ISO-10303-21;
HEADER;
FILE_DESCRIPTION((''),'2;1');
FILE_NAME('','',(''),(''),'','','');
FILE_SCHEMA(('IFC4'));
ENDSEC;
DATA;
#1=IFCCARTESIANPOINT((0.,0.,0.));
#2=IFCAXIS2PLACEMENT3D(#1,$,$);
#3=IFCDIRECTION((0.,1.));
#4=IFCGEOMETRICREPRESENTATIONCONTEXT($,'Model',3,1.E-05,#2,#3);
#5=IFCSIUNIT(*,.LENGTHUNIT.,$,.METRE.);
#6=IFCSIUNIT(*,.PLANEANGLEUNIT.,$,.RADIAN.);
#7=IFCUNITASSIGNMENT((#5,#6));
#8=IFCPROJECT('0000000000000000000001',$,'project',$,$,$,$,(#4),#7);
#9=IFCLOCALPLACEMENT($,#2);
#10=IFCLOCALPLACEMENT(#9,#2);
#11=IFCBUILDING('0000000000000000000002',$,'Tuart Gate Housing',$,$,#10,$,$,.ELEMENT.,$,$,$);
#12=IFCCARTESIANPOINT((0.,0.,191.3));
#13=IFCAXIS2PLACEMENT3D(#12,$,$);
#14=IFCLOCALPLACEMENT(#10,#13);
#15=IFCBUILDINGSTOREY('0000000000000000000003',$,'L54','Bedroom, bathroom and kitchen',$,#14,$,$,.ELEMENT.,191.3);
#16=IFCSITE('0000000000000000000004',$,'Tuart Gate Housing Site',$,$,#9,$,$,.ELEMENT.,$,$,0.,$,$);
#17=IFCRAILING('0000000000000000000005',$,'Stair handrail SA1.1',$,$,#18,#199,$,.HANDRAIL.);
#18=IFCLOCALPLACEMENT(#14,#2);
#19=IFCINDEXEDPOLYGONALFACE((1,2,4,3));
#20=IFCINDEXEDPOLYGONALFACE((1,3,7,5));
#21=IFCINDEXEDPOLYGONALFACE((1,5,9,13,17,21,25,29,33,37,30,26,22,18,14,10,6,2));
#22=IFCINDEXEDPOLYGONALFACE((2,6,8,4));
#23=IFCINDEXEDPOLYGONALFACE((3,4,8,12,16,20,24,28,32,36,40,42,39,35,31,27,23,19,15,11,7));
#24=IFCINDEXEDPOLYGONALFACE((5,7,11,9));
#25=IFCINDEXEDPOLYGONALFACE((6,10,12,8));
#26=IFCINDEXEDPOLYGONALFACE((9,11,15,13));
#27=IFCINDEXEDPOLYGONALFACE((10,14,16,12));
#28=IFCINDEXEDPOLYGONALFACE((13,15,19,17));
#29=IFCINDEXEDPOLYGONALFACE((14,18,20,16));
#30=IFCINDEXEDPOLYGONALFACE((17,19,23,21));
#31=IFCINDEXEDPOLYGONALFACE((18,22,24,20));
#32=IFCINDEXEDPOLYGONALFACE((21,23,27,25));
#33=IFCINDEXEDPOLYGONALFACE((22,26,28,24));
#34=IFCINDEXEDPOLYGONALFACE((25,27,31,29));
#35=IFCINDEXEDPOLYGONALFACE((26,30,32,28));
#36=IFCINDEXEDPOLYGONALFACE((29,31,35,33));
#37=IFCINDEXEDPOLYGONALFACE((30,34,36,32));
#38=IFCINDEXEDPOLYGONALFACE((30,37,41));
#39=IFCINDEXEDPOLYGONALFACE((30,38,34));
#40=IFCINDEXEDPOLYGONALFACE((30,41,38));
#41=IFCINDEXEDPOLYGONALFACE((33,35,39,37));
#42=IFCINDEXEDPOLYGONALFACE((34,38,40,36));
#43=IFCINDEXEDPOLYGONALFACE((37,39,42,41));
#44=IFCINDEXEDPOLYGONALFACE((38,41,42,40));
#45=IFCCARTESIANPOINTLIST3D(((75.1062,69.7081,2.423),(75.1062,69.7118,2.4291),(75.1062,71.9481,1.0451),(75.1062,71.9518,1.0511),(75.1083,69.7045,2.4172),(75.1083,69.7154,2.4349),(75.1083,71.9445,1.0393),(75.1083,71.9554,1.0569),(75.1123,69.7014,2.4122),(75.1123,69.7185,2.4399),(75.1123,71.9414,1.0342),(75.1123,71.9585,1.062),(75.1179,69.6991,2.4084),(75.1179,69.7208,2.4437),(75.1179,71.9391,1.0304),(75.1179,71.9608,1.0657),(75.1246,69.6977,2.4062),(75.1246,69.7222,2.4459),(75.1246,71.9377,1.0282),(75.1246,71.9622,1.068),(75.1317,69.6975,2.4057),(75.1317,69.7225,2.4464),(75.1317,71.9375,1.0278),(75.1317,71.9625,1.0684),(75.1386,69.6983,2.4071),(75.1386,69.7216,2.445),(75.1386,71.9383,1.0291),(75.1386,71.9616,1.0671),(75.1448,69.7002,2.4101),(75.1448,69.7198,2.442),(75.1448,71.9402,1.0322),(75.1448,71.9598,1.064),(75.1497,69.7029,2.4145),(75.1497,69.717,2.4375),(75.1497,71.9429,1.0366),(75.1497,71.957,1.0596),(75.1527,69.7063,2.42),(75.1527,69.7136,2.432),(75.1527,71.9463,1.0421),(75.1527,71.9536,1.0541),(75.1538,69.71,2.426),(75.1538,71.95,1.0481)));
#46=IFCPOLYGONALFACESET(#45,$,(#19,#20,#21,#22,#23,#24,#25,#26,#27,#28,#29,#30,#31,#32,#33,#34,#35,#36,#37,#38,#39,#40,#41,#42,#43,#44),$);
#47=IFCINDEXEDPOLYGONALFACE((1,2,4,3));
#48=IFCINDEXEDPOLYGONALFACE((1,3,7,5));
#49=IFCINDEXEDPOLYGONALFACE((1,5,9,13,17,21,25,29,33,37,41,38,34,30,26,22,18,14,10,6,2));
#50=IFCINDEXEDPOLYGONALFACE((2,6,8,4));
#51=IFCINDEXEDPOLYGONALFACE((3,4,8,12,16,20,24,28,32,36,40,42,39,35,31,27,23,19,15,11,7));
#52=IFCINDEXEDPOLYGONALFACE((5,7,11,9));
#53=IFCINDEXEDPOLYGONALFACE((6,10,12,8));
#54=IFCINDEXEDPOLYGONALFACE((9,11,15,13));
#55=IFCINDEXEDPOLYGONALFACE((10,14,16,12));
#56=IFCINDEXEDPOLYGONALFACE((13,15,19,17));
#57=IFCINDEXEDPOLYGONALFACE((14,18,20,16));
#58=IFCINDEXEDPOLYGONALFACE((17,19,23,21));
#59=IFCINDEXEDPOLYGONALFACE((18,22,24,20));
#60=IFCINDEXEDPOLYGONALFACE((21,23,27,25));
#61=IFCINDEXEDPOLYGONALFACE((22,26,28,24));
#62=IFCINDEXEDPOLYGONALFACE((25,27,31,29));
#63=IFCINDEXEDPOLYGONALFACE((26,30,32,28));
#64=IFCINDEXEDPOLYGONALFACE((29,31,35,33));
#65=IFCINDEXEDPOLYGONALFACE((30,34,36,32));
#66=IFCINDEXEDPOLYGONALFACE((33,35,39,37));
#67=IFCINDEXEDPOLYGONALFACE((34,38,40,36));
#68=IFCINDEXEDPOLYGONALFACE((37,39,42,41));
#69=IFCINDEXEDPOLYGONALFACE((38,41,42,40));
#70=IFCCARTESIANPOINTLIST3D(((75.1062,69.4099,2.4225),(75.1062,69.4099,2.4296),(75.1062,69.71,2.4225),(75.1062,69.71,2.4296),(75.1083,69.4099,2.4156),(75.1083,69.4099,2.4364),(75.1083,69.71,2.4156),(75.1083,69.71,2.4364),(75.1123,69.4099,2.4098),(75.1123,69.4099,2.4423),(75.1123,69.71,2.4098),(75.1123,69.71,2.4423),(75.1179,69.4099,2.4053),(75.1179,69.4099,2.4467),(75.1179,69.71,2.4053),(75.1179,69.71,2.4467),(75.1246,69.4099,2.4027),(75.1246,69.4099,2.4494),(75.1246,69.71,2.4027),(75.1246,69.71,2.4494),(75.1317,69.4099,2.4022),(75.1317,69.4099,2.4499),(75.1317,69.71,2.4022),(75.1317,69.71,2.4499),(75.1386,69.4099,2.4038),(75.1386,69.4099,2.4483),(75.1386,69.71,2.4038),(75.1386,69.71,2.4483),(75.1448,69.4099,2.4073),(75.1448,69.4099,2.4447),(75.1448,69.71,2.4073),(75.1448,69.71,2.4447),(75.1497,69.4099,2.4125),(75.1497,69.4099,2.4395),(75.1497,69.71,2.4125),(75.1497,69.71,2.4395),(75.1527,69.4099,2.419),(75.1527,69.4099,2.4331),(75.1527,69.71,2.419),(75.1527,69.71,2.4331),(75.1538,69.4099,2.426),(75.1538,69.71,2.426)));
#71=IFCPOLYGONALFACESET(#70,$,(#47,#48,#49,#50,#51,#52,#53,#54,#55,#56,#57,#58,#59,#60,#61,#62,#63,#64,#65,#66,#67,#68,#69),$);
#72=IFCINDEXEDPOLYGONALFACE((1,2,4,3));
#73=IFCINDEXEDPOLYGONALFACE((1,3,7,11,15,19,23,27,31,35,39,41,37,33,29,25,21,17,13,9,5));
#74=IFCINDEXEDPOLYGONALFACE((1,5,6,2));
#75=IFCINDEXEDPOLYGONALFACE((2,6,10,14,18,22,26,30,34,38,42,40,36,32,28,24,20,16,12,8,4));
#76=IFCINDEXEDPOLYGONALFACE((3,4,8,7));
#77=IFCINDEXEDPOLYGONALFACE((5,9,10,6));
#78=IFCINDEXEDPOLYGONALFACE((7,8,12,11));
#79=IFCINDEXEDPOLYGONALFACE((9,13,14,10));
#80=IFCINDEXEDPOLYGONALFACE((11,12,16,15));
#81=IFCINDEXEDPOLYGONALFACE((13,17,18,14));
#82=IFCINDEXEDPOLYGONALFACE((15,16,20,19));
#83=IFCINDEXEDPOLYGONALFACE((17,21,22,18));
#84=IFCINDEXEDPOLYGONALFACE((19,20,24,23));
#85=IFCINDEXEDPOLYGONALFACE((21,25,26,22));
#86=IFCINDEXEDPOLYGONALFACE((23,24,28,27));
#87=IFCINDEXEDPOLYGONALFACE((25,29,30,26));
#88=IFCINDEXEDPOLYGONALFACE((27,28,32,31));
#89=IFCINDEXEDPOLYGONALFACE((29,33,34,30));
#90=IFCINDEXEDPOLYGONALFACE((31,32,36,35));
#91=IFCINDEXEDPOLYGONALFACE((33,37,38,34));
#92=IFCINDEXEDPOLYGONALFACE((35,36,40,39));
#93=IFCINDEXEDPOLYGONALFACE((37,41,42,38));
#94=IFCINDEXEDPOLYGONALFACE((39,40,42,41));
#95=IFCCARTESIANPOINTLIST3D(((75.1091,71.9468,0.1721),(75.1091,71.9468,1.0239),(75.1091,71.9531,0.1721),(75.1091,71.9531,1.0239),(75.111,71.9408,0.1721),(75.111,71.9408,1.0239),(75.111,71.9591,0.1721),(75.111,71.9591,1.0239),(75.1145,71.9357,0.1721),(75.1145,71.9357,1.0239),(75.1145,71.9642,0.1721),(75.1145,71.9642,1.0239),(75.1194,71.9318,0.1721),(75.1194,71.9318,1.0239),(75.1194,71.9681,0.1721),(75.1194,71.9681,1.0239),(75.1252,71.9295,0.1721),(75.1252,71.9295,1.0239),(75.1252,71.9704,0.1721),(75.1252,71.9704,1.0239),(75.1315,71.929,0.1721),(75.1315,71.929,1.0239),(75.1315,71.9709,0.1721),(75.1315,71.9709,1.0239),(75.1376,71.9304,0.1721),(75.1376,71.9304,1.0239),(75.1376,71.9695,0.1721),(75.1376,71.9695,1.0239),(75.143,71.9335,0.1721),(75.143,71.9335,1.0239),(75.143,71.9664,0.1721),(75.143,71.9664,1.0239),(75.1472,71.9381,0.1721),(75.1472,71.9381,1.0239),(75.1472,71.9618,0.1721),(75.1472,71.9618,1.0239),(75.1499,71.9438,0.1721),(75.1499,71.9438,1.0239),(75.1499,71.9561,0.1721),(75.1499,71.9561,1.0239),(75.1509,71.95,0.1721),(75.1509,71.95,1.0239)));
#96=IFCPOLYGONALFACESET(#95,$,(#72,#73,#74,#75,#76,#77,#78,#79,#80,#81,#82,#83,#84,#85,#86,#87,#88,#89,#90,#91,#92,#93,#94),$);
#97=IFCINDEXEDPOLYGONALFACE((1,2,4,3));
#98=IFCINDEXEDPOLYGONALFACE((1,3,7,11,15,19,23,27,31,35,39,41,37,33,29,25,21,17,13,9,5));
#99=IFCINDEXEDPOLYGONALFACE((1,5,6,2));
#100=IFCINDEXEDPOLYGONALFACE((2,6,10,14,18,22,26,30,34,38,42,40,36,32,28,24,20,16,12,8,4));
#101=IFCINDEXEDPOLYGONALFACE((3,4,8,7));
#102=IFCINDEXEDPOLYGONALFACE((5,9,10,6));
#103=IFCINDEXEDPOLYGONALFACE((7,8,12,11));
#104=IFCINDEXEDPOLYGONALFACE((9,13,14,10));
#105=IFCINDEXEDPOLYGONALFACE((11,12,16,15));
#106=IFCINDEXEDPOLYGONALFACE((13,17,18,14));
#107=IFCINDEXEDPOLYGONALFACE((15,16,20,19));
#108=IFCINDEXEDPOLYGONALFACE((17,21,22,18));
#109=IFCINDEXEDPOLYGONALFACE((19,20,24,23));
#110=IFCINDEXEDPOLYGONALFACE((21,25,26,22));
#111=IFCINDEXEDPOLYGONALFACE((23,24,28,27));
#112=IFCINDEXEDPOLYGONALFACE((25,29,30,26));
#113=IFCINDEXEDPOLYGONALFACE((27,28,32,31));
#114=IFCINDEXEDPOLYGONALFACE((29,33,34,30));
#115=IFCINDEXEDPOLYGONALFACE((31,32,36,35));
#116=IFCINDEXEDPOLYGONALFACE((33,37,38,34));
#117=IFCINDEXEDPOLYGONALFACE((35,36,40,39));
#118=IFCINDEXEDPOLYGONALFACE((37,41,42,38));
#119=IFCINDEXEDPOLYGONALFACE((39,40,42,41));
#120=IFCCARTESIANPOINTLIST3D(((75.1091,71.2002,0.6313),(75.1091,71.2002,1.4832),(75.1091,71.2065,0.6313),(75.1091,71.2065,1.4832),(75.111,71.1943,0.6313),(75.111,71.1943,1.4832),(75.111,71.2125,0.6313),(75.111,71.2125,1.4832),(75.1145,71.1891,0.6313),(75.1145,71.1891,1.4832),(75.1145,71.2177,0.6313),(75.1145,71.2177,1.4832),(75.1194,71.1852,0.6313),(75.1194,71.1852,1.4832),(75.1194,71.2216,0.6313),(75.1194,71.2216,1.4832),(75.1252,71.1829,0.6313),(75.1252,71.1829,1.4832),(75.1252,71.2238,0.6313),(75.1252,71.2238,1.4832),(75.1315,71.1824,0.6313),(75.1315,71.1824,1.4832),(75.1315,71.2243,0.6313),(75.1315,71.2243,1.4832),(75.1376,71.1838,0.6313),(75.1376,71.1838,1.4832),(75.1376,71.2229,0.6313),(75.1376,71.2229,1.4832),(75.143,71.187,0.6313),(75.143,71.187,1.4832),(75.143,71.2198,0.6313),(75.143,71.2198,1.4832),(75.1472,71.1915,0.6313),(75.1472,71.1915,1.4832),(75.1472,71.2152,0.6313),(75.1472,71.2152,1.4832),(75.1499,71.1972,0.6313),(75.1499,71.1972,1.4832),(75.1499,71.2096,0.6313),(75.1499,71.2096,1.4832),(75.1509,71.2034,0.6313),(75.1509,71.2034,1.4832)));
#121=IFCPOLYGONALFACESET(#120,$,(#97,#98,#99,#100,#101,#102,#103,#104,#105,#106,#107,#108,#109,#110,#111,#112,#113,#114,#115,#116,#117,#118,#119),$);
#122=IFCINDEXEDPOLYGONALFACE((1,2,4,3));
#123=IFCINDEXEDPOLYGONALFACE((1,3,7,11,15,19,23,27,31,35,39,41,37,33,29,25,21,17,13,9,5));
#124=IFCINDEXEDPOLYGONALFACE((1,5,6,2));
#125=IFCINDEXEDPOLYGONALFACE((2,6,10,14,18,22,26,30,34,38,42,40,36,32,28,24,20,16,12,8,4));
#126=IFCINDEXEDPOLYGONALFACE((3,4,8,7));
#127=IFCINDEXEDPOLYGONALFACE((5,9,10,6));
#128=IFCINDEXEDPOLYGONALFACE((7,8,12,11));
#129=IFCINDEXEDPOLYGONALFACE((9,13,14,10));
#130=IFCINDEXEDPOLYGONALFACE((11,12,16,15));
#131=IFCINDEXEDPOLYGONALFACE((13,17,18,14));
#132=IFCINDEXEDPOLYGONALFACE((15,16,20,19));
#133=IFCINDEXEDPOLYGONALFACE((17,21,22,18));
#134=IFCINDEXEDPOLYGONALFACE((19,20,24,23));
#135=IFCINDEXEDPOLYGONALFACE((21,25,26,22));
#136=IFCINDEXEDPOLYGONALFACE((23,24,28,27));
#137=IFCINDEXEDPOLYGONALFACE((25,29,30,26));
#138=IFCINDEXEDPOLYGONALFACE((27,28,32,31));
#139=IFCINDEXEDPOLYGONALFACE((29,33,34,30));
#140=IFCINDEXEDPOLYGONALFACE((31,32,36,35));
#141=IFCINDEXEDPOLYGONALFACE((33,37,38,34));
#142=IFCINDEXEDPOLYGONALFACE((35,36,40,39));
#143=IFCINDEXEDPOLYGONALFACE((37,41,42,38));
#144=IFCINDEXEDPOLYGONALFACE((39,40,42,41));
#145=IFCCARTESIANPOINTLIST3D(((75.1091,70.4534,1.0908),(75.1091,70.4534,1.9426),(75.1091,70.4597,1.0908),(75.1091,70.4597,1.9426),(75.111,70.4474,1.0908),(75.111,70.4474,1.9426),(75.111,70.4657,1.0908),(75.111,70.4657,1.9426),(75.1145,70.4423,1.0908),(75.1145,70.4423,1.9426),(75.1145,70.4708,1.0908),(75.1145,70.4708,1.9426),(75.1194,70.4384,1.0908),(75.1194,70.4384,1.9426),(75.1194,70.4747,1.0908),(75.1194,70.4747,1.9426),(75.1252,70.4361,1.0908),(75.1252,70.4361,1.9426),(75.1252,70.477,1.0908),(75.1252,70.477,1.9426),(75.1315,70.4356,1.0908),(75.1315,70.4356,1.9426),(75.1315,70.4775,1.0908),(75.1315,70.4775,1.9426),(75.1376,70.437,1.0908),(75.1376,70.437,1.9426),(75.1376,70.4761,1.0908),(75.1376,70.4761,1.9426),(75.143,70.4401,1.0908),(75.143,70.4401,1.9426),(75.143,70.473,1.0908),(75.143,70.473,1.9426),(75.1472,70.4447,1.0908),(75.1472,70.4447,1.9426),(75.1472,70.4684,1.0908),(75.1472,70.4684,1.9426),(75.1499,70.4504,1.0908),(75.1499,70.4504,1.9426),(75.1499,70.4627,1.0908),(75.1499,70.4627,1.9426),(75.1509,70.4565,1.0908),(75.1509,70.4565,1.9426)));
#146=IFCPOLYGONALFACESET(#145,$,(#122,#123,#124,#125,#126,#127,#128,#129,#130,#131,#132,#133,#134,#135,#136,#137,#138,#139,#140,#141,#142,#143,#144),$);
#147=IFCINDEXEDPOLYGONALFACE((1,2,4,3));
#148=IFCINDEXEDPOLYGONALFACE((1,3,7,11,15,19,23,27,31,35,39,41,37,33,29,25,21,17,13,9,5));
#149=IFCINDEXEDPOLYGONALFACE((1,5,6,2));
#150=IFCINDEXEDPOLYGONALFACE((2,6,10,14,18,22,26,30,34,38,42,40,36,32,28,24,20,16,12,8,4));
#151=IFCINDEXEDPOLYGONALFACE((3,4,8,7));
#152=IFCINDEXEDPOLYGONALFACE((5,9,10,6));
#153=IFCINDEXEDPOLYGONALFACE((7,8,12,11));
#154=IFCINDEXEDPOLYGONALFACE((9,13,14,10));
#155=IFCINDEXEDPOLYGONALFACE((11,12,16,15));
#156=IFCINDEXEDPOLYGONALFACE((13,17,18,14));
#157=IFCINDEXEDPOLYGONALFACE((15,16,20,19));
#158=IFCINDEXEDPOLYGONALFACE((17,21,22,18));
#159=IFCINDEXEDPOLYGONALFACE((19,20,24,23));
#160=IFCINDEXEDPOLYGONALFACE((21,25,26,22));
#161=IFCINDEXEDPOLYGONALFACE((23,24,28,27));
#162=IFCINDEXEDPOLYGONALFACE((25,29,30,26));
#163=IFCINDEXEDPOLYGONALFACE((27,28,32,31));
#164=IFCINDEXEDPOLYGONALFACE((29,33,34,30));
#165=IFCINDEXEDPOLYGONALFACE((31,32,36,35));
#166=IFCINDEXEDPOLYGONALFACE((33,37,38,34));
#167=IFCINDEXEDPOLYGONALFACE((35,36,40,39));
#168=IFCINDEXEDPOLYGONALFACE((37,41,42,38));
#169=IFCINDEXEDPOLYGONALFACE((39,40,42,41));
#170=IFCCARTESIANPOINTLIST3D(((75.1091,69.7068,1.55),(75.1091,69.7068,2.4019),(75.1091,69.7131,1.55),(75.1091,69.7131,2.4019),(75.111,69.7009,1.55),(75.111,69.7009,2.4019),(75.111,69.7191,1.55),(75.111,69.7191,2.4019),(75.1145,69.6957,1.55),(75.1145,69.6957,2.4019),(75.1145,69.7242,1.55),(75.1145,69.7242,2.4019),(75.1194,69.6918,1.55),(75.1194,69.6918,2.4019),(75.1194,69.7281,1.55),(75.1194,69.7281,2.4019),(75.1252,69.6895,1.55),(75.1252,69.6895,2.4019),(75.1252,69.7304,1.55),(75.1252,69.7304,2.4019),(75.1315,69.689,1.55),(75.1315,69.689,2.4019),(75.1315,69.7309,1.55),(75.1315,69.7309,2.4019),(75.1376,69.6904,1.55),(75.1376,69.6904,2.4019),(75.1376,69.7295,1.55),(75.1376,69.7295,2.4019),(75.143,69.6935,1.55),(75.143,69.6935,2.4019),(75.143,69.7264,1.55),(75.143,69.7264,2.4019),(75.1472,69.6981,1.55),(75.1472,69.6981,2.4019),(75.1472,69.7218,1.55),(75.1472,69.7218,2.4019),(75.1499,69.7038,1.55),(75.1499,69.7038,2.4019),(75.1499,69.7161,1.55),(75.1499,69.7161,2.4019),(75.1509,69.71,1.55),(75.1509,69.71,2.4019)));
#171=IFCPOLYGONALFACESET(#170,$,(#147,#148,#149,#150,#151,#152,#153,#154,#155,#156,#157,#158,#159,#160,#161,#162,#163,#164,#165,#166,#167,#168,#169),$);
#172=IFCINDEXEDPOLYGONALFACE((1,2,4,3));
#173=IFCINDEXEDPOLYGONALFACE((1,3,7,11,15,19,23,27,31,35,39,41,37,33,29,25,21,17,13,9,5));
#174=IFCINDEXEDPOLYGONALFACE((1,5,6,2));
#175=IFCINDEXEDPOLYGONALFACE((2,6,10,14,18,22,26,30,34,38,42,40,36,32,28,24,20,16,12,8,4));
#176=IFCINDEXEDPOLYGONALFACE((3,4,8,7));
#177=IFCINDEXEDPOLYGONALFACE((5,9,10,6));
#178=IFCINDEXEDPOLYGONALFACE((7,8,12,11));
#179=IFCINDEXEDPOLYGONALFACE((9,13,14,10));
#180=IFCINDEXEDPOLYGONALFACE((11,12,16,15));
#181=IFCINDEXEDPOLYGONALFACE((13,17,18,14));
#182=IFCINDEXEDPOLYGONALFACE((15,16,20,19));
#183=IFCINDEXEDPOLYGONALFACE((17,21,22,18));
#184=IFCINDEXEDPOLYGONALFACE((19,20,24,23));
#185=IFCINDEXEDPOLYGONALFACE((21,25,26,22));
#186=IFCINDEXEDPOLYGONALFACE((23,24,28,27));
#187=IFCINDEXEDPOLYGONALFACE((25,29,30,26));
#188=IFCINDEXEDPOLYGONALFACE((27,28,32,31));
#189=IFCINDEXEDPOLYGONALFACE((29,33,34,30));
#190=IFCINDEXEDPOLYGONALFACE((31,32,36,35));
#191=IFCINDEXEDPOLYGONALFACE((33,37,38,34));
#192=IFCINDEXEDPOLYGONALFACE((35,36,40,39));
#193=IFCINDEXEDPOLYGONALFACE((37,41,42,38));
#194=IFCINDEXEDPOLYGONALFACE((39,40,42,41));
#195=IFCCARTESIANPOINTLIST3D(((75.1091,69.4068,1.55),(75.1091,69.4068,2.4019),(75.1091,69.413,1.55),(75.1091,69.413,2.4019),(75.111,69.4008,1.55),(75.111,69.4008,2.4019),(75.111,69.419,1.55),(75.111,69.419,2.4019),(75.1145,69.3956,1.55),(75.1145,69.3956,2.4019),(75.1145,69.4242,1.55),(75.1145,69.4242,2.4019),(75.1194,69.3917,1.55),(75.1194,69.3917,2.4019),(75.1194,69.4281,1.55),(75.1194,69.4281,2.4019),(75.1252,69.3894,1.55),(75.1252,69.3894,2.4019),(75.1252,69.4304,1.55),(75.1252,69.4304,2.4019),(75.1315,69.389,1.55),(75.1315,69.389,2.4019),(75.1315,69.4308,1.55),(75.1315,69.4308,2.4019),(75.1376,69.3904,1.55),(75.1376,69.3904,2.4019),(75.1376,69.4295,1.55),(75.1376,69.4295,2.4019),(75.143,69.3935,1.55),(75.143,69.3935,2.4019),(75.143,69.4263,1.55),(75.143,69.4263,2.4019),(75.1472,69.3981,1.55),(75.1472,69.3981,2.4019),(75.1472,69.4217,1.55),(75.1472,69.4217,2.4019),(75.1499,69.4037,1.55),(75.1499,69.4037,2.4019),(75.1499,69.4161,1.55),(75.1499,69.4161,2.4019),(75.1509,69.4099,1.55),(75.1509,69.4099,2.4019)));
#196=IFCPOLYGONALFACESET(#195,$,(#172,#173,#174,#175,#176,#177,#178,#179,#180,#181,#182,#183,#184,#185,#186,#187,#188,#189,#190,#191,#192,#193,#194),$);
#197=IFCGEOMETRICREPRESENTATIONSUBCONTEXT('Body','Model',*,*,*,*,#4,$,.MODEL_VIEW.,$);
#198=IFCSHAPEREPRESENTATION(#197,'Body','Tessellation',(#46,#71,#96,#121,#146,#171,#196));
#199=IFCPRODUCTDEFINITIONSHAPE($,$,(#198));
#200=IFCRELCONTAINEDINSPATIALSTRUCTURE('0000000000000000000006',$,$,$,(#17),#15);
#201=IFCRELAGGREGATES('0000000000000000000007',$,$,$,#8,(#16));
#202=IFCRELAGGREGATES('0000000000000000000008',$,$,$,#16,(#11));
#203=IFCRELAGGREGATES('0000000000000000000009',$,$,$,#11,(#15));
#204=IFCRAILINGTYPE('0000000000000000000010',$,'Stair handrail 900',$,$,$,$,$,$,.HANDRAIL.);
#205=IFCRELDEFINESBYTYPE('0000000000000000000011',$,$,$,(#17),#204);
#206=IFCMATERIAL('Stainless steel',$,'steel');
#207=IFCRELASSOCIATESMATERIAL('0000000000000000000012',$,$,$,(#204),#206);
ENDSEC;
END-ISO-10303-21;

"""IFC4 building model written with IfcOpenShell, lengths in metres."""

from ifc_helpers import new_model, si_unit, direction, frame, origin, origin_2d, place, context, subcontext, project, spatial, circle, extrude, material, type_object, element, save


model = new_model("IFC4")

# Units and contexts
model_context = context("Model", 3, precision=1e-05, world=origin(), true_north=direction((0.0, 1.0)))
body_context = subcontext(model_context, "Body", "Model", "MODEL_VIEW")
ifc_project = project(units=[si_unit("LENGTHUNIT", "METRE"), si_unit("PLANEANGLEUNIT", "RADIAN")], contexts=[model_context])

# Site, building, storey
site_placement = place(None, origin())
site = spatial("IfcSite", under=ifc_project, at=site_placement, Name="Tuart Gate Housing Site", CompositionType="ELEMENT", RefElevation=0.0)
building_placement = place(site_placement, origin())
building = spatial("IfcBuilding", under=site, at=building_placement, Name="Tuart Gate Housing", CompositionType="ELEMENT")
storey_placement = place(building_placement, frame((0.0, 0.0, 191.3)))
storey = spatial("IfcBuildingStorey", under=building, at=storey_placement, Name="L54", Description="Bedroom, bathroom and kitchen", CompositionType="ELEMENT", Elevation=191.3)

# Railing
ifc_material_1 = material(Name="Stainless steel", Category="steel")
railing_type = type_object("IfcRailingType", Name="Stair handrail 900", PredefinedType="HANDRAIL", material=ifc_material_1)
railing_placement = place(storey_placement, frame((75.1299, 71.95, 0.1721)))
element("IfcRailing", 1, at=railing_placement, inside=storey, type_object=railing_type, Name="Stair handrail SA1.1", PredefinedType="HANDRAIL", context=body_context, shape_type="SweptSolid", body=[
    extrude(circle(Radius=0.0239, at=origin_2d()), frame((0.0, 0.0, 0.876), z_axis=(0.0, -0.851748, 0.523952), x_axis=(1.0, 0.0, 0.0)), (0.0, 0.0, 1.0), 2.6299),
    extrude(circle(Radius=0.0239, at=origin_2d()), frame((0.0, -2.24, 2.2539), z_axis=(0.0, -1.0, 0.0), x_axis=(1.0, 0.0, 0.0)), (0.0, 0.0, 1.0), 0.3),
    extrude(circle(Radius=0.021, at=origin_2d()), origin(), (0.0, 0.0, 1.0), 0.8518),
    extrude(circle(Radius=0.021, at=origin_2d()), frame((0.0, -0.7466, 0.4592)), (0.0, 0.0, 1.0), 0.8518),
    extrude(circle(Radius=0.021, at=origin_2d()), frame((0.0, -1.4934, 0.9187)), (0.0, 0.0, 1.0), 0.8518),
    extrude(circle(Radius=0.021, at=origin_2d()), frame((0.0, -2.24, 1.3779)), (0.0, 0.0, 1.0), 0.8518),
    extrude(circle(Radius=0.021, at=origin_2d()), frame((0.0, -2.54, 1.3779)), (0.0, 0.0, 1.0), 0.8518),
])

save(model, "model.ifc")
